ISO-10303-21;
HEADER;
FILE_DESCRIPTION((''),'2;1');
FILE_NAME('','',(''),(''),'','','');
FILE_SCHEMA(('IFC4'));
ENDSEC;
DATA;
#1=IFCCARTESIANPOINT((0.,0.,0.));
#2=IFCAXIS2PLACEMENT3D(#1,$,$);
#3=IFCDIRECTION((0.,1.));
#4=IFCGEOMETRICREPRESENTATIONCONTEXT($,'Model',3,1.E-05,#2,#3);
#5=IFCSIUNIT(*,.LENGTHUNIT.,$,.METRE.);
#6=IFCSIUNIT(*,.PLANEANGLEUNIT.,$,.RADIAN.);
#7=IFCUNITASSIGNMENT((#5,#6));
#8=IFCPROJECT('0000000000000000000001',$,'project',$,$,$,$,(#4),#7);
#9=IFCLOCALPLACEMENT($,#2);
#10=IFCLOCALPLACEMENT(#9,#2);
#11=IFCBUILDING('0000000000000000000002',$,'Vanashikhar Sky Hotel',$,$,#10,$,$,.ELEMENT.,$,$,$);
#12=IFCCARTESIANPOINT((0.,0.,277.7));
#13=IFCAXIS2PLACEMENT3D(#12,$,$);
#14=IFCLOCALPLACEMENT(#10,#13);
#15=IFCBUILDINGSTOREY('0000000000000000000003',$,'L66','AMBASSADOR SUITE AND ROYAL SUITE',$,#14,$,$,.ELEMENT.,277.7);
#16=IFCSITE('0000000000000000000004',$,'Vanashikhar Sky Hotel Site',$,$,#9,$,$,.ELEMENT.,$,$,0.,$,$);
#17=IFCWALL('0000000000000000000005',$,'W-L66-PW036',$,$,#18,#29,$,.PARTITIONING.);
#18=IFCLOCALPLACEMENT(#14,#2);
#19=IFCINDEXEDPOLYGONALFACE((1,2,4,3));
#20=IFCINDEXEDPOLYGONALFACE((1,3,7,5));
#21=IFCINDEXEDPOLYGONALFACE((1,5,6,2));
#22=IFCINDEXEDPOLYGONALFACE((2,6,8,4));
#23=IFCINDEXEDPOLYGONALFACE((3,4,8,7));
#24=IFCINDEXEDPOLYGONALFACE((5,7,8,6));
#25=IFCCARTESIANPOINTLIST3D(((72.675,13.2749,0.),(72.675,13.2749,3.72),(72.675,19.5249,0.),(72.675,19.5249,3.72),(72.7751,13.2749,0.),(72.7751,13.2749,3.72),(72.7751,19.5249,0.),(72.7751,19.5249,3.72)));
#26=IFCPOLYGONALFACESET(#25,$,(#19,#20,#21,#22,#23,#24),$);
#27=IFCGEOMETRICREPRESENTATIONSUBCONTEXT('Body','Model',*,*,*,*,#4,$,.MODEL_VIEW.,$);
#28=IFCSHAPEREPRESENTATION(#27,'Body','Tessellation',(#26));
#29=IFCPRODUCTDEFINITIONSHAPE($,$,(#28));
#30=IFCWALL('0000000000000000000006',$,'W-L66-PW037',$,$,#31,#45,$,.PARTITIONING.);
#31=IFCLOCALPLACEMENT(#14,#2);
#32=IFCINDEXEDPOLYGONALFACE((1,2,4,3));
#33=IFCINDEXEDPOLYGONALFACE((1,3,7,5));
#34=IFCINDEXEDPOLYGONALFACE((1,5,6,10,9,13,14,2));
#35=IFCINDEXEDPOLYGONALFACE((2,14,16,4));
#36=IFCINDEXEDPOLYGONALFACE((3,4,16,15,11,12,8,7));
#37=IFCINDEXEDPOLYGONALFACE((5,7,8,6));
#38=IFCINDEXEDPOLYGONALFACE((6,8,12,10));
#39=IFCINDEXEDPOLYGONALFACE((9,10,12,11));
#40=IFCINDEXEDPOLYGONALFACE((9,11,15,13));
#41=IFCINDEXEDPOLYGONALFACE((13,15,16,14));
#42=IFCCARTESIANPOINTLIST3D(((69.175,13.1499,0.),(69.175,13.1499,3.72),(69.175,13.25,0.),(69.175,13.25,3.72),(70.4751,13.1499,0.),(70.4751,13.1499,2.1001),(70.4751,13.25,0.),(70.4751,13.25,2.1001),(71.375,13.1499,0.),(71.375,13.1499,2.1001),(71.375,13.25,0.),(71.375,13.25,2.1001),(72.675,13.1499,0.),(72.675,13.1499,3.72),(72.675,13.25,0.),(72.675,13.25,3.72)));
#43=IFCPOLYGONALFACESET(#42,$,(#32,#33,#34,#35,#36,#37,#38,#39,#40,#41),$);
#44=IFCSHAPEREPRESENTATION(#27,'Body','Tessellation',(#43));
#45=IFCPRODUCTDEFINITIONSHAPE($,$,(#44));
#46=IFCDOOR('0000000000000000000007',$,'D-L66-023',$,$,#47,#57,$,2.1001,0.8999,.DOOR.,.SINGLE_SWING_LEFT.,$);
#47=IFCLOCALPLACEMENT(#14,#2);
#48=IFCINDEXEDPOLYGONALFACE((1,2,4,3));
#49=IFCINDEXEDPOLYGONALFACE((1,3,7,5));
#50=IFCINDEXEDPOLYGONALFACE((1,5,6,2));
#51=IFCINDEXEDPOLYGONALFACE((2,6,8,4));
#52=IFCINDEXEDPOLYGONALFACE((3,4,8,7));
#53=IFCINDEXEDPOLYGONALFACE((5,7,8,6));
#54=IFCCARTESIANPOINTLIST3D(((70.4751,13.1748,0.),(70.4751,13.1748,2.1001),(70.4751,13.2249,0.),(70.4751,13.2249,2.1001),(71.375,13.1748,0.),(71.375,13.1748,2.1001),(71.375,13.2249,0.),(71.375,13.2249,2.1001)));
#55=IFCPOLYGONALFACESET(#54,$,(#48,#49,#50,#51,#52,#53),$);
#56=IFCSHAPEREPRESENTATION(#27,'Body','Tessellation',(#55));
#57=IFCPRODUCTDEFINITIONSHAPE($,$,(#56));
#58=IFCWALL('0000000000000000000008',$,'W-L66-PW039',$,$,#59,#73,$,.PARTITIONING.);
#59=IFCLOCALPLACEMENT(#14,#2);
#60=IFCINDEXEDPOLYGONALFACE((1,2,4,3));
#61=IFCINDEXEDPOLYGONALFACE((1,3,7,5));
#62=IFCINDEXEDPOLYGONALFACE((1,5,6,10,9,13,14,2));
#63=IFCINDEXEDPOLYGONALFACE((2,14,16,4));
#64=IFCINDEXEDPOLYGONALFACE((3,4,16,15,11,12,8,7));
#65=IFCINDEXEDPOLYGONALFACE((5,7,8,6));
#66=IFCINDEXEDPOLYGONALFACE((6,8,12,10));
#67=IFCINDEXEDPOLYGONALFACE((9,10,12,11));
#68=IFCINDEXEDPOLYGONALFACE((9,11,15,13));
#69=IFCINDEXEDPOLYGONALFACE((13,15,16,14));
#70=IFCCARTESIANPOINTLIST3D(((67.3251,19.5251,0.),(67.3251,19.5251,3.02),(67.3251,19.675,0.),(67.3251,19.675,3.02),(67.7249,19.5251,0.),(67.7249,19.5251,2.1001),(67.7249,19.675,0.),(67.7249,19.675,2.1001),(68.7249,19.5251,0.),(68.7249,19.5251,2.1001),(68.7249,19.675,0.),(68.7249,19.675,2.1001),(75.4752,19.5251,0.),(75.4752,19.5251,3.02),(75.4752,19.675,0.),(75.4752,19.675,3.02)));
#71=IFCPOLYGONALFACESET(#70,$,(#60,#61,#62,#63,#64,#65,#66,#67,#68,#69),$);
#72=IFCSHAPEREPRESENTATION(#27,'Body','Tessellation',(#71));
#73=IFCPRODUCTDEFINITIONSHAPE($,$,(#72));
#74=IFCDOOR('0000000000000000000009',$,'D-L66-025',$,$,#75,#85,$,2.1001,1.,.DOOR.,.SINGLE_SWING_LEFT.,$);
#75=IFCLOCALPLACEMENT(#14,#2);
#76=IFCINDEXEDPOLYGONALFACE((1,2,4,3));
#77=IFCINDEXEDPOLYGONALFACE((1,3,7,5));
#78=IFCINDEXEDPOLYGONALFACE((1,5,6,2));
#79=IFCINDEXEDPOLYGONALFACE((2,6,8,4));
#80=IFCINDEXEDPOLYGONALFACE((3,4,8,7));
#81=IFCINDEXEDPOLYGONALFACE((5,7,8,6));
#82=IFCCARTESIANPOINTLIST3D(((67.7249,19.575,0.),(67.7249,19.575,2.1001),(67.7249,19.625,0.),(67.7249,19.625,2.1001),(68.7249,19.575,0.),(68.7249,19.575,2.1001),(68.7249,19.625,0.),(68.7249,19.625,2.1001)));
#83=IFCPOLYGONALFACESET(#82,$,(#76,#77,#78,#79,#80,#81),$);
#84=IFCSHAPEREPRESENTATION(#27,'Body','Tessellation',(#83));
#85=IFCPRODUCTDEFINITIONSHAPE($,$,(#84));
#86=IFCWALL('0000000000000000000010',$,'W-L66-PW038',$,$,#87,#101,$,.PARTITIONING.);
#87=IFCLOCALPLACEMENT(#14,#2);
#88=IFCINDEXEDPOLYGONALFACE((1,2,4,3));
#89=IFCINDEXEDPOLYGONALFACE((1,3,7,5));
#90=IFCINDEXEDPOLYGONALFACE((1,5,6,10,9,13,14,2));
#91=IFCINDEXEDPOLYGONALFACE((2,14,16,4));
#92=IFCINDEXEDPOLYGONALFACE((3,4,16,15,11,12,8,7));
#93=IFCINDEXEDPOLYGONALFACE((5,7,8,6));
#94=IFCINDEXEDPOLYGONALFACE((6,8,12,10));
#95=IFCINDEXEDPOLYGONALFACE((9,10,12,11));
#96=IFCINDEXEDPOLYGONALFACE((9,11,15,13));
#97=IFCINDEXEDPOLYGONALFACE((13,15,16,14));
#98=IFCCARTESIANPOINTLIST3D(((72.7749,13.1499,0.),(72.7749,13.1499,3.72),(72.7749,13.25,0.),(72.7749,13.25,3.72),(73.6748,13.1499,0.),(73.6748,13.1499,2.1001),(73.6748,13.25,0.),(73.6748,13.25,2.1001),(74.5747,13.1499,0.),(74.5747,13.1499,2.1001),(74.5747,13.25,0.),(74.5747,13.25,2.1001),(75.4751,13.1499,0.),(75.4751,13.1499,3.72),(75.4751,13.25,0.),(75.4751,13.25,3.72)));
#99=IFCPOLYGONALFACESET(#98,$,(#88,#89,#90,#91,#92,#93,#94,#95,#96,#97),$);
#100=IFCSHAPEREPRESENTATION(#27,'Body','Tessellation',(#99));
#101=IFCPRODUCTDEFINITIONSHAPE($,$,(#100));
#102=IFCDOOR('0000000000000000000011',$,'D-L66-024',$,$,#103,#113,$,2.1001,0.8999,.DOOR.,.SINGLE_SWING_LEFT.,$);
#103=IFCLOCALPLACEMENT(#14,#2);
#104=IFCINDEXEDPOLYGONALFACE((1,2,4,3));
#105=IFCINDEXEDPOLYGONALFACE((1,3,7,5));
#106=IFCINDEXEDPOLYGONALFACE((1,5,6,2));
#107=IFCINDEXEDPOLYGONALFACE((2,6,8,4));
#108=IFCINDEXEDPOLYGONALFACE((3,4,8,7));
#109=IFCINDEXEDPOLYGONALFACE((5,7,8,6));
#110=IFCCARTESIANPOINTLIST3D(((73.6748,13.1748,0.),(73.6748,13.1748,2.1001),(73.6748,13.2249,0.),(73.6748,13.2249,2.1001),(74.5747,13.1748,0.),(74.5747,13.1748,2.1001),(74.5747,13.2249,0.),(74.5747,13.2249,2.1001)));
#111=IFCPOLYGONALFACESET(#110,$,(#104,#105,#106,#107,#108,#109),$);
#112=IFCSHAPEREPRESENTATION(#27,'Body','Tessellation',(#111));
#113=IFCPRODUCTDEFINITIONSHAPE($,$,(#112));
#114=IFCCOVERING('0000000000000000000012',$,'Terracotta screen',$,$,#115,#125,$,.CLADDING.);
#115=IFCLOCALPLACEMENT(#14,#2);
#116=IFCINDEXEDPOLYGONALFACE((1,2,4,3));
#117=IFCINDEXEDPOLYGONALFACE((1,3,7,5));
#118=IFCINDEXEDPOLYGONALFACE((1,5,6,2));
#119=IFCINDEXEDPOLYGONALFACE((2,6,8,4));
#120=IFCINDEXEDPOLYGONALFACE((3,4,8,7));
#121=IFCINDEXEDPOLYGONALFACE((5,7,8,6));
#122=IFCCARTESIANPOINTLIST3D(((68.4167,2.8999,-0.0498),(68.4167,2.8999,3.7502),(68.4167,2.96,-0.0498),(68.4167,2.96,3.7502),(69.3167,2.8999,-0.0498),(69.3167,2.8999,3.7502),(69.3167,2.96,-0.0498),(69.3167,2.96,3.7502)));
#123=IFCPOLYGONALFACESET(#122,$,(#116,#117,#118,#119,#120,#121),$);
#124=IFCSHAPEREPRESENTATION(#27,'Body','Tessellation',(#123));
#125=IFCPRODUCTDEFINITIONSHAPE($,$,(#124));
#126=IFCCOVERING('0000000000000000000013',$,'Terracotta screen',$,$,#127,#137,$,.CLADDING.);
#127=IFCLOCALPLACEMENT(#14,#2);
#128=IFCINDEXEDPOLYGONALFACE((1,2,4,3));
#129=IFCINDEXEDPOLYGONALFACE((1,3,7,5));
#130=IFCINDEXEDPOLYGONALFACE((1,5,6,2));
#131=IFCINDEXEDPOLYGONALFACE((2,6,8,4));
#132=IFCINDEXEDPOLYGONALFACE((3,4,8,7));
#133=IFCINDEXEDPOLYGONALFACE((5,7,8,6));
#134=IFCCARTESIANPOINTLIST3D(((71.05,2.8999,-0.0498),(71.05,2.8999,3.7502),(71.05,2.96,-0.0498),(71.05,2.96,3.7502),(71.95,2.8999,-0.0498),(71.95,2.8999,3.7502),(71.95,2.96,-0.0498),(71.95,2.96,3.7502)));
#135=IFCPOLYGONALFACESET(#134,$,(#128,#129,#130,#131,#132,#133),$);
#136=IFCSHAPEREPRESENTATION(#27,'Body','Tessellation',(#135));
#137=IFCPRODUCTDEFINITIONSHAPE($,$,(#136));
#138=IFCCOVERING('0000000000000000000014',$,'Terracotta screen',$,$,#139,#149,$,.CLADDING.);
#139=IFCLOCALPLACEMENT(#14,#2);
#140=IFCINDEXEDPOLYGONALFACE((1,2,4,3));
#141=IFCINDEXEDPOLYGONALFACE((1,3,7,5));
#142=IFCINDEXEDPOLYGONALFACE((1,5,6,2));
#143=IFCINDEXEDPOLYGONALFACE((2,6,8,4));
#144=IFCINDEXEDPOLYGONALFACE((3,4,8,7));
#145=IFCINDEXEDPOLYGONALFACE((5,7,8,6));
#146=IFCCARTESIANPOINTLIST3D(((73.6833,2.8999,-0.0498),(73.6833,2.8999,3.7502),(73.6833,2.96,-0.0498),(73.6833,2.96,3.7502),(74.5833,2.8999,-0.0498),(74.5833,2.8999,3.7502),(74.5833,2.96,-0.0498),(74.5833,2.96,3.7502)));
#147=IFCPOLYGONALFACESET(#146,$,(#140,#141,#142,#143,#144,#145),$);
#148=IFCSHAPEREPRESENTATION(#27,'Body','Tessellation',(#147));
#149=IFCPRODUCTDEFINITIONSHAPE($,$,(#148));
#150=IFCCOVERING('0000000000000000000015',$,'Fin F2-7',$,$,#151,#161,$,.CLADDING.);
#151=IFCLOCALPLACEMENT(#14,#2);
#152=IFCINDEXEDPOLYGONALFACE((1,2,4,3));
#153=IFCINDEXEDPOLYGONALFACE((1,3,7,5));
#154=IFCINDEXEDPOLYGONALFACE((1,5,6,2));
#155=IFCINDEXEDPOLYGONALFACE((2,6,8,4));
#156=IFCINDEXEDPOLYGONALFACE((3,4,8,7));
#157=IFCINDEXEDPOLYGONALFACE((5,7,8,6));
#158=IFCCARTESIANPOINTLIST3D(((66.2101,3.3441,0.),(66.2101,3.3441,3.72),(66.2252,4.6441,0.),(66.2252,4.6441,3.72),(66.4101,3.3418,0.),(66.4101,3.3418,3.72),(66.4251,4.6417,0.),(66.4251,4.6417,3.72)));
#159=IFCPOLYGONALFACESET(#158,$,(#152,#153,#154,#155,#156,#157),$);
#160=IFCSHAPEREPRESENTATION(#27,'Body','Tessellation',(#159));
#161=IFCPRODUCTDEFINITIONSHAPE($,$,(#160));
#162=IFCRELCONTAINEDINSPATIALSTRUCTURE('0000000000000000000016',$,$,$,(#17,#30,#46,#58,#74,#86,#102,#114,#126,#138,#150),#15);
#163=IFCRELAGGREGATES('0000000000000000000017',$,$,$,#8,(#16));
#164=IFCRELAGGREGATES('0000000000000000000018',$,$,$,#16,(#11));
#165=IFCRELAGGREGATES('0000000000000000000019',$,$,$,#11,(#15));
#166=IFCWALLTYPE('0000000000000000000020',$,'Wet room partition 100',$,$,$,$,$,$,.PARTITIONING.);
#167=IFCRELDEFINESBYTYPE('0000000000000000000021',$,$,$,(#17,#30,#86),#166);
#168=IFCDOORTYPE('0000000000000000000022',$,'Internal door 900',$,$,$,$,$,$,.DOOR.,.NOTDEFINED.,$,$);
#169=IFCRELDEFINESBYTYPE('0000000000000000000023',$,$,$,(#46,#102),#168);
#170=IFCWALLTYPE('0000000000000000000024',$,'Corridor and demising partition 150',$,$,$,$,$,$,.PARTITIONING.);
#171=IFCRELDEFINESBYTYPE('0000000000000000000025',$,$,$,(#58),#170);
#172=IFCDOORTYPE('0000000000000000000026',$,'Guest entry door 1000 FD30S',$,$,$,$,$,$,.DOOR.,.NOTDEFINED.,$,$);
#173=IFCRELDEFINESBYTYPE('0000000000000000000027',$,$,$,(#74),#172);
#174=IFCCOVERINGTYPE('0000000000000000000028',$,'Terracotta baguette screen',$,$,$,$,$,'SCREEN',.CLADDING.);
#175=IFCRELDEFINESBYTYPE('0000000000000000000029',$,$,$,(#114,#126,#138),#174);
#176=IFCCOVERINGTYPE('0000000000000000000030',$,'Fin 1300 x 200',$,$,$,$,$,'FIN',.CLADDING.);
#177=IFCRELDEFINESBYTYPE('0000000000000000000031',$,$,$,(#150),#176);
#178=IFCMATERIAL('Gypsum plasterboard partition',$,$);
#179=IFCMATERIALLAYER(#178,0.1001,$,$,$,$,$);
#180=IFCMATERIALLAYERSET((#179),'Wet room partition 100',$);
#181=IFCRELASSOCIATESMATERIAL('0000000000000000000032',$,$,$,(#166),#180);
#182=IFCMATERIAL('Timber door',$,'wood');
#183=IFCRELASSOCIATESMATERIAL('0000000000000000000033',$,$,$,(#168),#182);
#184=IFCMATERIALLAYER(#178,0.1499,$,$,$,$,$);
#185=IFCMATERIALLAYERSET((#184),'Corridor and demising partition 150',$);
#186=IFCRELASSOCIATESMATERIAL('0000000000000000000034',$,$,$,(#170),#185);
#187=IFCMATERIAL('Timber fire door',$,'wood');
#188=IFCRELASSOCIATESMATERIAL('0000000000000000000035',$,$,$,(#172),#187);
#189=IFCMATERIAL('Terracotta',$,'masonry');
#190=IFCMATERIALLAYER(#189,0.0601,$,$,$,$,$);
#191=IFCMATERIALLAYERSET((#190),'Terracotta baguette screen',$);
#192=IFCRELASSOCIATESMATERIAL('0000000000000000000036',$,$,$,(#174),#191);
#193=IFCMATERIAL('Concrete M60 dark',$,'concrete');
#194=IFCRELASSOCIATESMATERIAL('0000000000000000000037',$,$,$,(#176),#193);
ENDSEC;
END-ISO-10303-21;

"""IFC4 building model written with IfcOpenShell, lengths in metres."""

from ifc_helpers import new_model, si_unit, direction, frame, frame_2d, origin, origin_2d, place, context, subcontext, project, spatial, rectangle, extrude, source, transform, mapped, material, layer, layer_set, material_profile, profile_set, type_object, element, fill, save


model = new_model("IFC4")

# Units and contexts
model_context = context("Model", 3, precision=1e-05, world=origin(), true_north=direction((0.0, 1.0)))
body_context = subcontext(model_context, "Body", "Model", "MODEL_VIEW")
ifc_project = project(units=[si_unit("LENGTHUNIT", "METRE"), si_unit("PLANEANGLEUNIT", "RADIAN")], contexts=[model_context])

# Site, building, storey
site_placement = place(None, origin())
site = spatial("IfcSite", under=ifc_project, at=site_placement, Name="Vanashikhar Sky Hotel Site", CompositionType="ELEMENT", RefElevation=0.0)
building_placement = place(site_placement, origin())
building = spatial("IfcBuilding", under=site, at=building_placement, Name="Vanashikhar Sky Hotel", CompositionType="ELEMENT")
storey_placement = place(building_placement, frame((0.0, 0.0, 277.7)))
storey = spatial("IfcBuildingStorey", under=building, at=storey_placement, Name="L66", Description="AMBASSADOR SUITE AND ROYAL SUITE", CompositionType="ELEMENT", Elevation=277.7)

# Wall
ifc_material_1 = material(Name="Gypsum plasterboard partition")
ifc_layer_1 = layer(ifc_material_1, 0.1001)
ifc_layer_set_1 = layer_set([ifc_layer_1], Name="Wet room partition 100")
wall_type_1 = type_object("IfcWallType", Name="Wet room partition 100", PredefinedType="PARTITIONING", material=ifc_layer_set_1)
shared_shape_1 = source(origin(), body_context, "Body", "SweptSolid", [
    extrude(rectangle(XDim=6.25, YDim=0.1001, at=frame_2d((3.125, 0.0))), origin(), (0.0, 0.0, 1.0), 3.72),
])
for number, where, z_axis, x_axis, name in (
    (1, (72.7251, 13.2749, 0.0), (0.0, 0.0, 1.0), (0.0, 1.0, 0.0), "W-L66-PW036"),
):
    element("IfcWall", number, at=place(storey_placement, frame(where, z_axis=z_axis, x_axis=x_axis)), inside=storey, type_object=wall_type_1, Name=name, PredefinedType="PARTITIONING", context=body_context, shape_type="MappedRepresentation", body=[
        mapped(shared_shape_1, transform((0.0, 0.0, 0.0), scale=1.0)),
    ])

# Walls, openings, doors
shared_shape_2 = source(origin(), body_context, "Body", "SweptSolid", [
    extrude(rectangle(XDim=3.5, YDim=0.1001, at=frame_2d((1.75, 0.0))), origin(), (0.0, 0.0, 1.0), 3.72),
])
wall_1_placement = place(storey_placement, frame((69.175, 13.2, 0.0), z_axis=(0.0, 0.0, 1.0), x_axis=(1.0, 0.0, 0.0)))
wall_1 = element("IfcWall", 2, at=wall_1_placement, inside=storey, type_object=wall_type_1, Name="W-L66-PW037", PredefinedType="PARTITIONING", context=body_context, shape_type="MappedRepresentation", body=[
    mapped(shared_shape_2, transform((0.0, 0.0, 0.0), scale=1.0)),
])
shared_shape_3 = source(origin(), body_context, "Body", "SweptSolid", [
    extrude(rectangle(XDim=0.8999, YDim=2.1001, at=frame_2d((0.45, 1.05))), frame((0.0, 0.0601, 0.0), z_axis=(0.0, -1.0, 0.0), x_axis=(1.0, 0.0, 0.0)), (0.0, 0.0, 1.0), 0.1201),
])
opening_1_placement = place(wall_1_placement, frame((1.3, 0.0, 0.0)))
opening_1 = element("IfcOpeningElement", 3, at=opening_1_placement, cuts=wall_1, PredefinedType="OPENING", context=body_context, shape_type="MappedRepresentation", body=[
    mapped(shared_shape_3, transform((0.0, 0.0, 0.0), scale=1.0)),
])
ifc_material_2 = material(Name="Timber door", Category="wood")
door_type_1 = type_object("IfcDoorType", Name="Internal door 900", OperationType="NOTDEFINED", PredefinedType="DOOR", material=ifc_material_2)
shared_shape_4 = source(origin(), body_context, "Body", "SweptSolid", [
    extrude(rectangle(XDim=0.8999, YDim=2.1001, at=frame_2d((0.45, 1.05))), frame((0.0, 0.0249, 0.0), z_axis=(0.0, -1.0, 0.0), x_axis=(1.0, 0.0, 0.0)), (0.0, 0.0, 1.0), 0.05),
])
door_1_placement = place(opening_1_placement, origin())
door_1 = element("IfcDoor", 4, at=door_1_placement, inside=storey, type_object=door_type_1, Name="D-L66-023", OperationType="SINGLE_SWING_LEFT", OverallHeight=2.1001, OverallWidth=0.8999, PredefinedType="DOOR", context=body_context, shape_type="MappedRepresentation", body=[
    mapped(shared_shape_4, transform((0.0, 0.0, 0.0), scale=1.0)),
])
fill(opening_1, door_1)
ifc_layer_2 = layer(ifc_material_1, 0.1499)
ifc_layer_set_2 = layer_set([ifc_layer_2], Name="Corridor and demising partition 150")
wall_type_2 = type_object("IfcWallType", Name="Corridor and demising partition 150", PredefinedType="PARTITIONING", material=ifc_layer_set_2)
shared_shape_5 = source(origin(), body_context, "Body", "SweptSolid", [
    extrude(rectangle(XDim=8.1501, YDim=0.1499, at=frame_2d((4.0752, 0.0))), origin(), (0.0, 0.0, 1.0), 3.02),
])
wall_2_placement = place(storey_placement, frame((67.325, 19.6001, 0.0), z_axis=(0.0, 0.0, 1.0), x_axis=(1.0, 0.0, 0.0)))
wall_2 = element("IfcWall", 5, at=wall_2_placement, inside=storey, type_object=wall_type_2, Name="W-L66-PW039", PredefinedType="PARTITIONING", context=body_context, shape_type="MappedRepresentation", body=[
    mapped(shared_shape_5, transform((0.0, 0.0, 0.0), scale=1.0)),
])
shared_shape_6 = source(origin(), body_context, "Body", "SweptSolid", [
    extrude(rectangle(XDim=1.0, YDim=2.1001, at=frame_2d((0.5, 1.05))), frame((0.0, 0.085, 0.0), z_axis=(0.0, -1.0, 0.0), x_axis=(1.0, 0.0, 0.0)), (0.0, 0.0, 1.0), 0.1699),
])
opening_2_placement = place(wall_2_placement, frame((0.3999, 0.0, 0.0)))
opening_2 = element("IfcOpeningElement", 6, at=opening_2_placement, cuts=wall_2, PredefinedType="OPENING", context=body_context, shape_type="MappedRepresentation", body=[
    mapped(shared_shape_6, transform((0.0, 0.0, 0.0), scale=1.0)),
])
ifc_material_3 = material(Name="Timber fire door", Category="wood")
door_type_2 = type_object("IfcDoorType", Name="Guest entry door 1000 FD30S", OperationType="NOTDEFINED", PredefinedType="DOOR", material=ifc_material_3)
shared_shape_7 = source(origin(), body_context, "Body", "SweptSolid", [
    extrude(rectangle(XDim=1.0, YDim=2.1001, at=frame_2d((0.5, 1.05))), frame((0.0, 0.0249, 0.0), z_axis=(0.0, -1.0, 0.0), x_axis=(1.0, 0.0, 0.0)), (0.0, 0.0, 1.0), 0.05),
])
door_2_placement = place(opening_2_placement, origin())
door_2 = element("IfcDoor", 7, at=door_2_placement, inside=storey, type_object=door_type_2, Name="D-L66-025", OperationType="SINGLE_SWING_LEFT", OverallHeight=2.1001, OverallWidth=1.0, PredefinedType="DOOR", context=body_context, shape_type="MappedRepresentation", body=[
    mapped(shared_shape_7, transform((0.0, 0.0, 0.0), scale=1.0)),
])
fill(opening_2, door_2)
shared_shape_8 = source(origin(), body_context, "Body", "SweptSolid", [
    extrude(rectangle(XDim=2.7002, YDim=0.1001, at=frame_2d((1.3501, 0.0))), origin(), (0.0, 0.0, 1.0), 3.72),
])
wall_3_placement = place(storey_placement, frame((72.7749, 13.2, 0.0), z_axis=(0.0, 0.0, 1.0), x_axis=(1.0, 0.0, 0.0)))
wall_3 = element("IfcWall", 8, at=wall_3_placement, inside=storey, type_object=wall_type_1, Name="W-L66-PW038", PredefinedType="PARTITIONING", context=body_context, shape_type="MappedRepresentation", body=[
    mapped(shared_shape_8, transform((0.0, 0.0, 0.0), scale=1.0)),
])
opening_3_placement = place(wall_3_placement, frame((0.8999, 0.0, 0.0)))
opening_3 = element("IfcOpeningElement", 9, at=opening_3_placement, cuts=wall_3, PredefinedType="OPENING", context=body_context, shape_type="MappedRepresentation", body=[
    mapped(shared_shape_3, transform((0.0, 0.0, 0.0), scale=1.0)),
])
door_3_placement = place(opening_3_placement, origin())
door_3 = element("IfcDoor", 10, at=door_3_placement, inside=storey, type_object=door_type_1, Name="D-L66-024", OperationType="SINGLE_SWING_LEFT", OverallHeight=2.1001, OverallWidth=0.8999, PredefinedType="DOOR", context=body_context, shape_type="MappedRepresentation", body=[
    mapped(shared_shape_4, transform((0.0, 0.0, 0.0), scale=1.0)),
])
fill(opening_3, door_3)

# Coverings
ifc_material_4 = material(Name="Terracotta", Category="masonry")
ifc_layer_3 = layer(ifc_material_4, 0.0601)
ifc_layer_set_3 = layer_set([ifc_layer_3], Name="Terracotta baguette screen")
covering_type_1 = type_object("IfcCoveringType", Name="Terracotta baguette screen", ElementType="SCREEN", PredefinedType="CLADDING", material=ifc_layer_set_3)
shared_shape_9 = source(origin(), body_context, "Body", "SweptSolid", [
    extrude(rectangle(XDim=0.8999, YDim=0.0601, at=origin_2d()), origin(), (0.0, 0.0, 1.0), 3.8),
])
for number, where, z_axis, x_axis, name in (
    (11, (68.8667, 2.9299, -0.0498), (0.0, 0.0, 1.0), (1.0, 0.0, 0.0), "Terracotta screen"),
    (12, (71.5, 2.9299, -0.0498), (0.0, 0.0, 1.0), (1.0, 0.0, 0.0), "Terracotta screen"),
    (13, (74.1333, 2.9299, -0.0498), (0.0, 0.0, 1.0), (1.0, 0.0, 0.0), "Terracotta screen"),
):
    element("IfcCovering", number, at=place(storey_placement, frame(where, z_axis=z_axis, x_axis=x_axis)), inside=storey, type_object=covering_type_1, Name=name, PredefinedType="CLADDING", context=body_context, shape_type="MappedRepresentation", body=[
        mapped(shared_shape_9, transform((0.0, 0.0, 0.0), scale=1.0)),
    ])
ifc_material_5 = material(Name="Concrete M60 dark", Category="concrete")
ifc_material_profile_1 = material_profile(ifc_material_5, rectangle(XDim=1.3, YDim=0.2, at=origin_2d()))
ifc_profile_set_1 = profile_set([ifc_material_profile_1], Name="Fin 1300 x 200")
covering_type_2 = type_object("IfcCoveringType", Name="Fin 1300 x 200", ElementType="FIN", PredefinedType="CLADDING", material=ifc_profile_set_1)
shared_shape_10 = source(origin(), body_context, "Body", "SweptSolid", [
    extrude(rectangle(XDim=1.3, YDim=0.2, at=origin_2d()), origin(), (0.0, 0.0, 1.0), 3.72),
])
covering_placement = place(storey_placement, frame((66.3176, 3.9929, 0.0), z_axis=(0.0, 0.0, 1.0), x_axis=(-0.011589, -0.999933, 0.0)))
element("IfcCovering", 14, at=covering_placement, inside=storey, type_object=covering_type_2, Name="Fin F2-7", PredefinedType="CLADDING", context=body_context, shape_type="MappedRepresentation", body=[
    mapped(shared_shape_10, transform((0.0, 0.0, 0.0), scale=1.0)),
])

save(model, "model.ifc")
